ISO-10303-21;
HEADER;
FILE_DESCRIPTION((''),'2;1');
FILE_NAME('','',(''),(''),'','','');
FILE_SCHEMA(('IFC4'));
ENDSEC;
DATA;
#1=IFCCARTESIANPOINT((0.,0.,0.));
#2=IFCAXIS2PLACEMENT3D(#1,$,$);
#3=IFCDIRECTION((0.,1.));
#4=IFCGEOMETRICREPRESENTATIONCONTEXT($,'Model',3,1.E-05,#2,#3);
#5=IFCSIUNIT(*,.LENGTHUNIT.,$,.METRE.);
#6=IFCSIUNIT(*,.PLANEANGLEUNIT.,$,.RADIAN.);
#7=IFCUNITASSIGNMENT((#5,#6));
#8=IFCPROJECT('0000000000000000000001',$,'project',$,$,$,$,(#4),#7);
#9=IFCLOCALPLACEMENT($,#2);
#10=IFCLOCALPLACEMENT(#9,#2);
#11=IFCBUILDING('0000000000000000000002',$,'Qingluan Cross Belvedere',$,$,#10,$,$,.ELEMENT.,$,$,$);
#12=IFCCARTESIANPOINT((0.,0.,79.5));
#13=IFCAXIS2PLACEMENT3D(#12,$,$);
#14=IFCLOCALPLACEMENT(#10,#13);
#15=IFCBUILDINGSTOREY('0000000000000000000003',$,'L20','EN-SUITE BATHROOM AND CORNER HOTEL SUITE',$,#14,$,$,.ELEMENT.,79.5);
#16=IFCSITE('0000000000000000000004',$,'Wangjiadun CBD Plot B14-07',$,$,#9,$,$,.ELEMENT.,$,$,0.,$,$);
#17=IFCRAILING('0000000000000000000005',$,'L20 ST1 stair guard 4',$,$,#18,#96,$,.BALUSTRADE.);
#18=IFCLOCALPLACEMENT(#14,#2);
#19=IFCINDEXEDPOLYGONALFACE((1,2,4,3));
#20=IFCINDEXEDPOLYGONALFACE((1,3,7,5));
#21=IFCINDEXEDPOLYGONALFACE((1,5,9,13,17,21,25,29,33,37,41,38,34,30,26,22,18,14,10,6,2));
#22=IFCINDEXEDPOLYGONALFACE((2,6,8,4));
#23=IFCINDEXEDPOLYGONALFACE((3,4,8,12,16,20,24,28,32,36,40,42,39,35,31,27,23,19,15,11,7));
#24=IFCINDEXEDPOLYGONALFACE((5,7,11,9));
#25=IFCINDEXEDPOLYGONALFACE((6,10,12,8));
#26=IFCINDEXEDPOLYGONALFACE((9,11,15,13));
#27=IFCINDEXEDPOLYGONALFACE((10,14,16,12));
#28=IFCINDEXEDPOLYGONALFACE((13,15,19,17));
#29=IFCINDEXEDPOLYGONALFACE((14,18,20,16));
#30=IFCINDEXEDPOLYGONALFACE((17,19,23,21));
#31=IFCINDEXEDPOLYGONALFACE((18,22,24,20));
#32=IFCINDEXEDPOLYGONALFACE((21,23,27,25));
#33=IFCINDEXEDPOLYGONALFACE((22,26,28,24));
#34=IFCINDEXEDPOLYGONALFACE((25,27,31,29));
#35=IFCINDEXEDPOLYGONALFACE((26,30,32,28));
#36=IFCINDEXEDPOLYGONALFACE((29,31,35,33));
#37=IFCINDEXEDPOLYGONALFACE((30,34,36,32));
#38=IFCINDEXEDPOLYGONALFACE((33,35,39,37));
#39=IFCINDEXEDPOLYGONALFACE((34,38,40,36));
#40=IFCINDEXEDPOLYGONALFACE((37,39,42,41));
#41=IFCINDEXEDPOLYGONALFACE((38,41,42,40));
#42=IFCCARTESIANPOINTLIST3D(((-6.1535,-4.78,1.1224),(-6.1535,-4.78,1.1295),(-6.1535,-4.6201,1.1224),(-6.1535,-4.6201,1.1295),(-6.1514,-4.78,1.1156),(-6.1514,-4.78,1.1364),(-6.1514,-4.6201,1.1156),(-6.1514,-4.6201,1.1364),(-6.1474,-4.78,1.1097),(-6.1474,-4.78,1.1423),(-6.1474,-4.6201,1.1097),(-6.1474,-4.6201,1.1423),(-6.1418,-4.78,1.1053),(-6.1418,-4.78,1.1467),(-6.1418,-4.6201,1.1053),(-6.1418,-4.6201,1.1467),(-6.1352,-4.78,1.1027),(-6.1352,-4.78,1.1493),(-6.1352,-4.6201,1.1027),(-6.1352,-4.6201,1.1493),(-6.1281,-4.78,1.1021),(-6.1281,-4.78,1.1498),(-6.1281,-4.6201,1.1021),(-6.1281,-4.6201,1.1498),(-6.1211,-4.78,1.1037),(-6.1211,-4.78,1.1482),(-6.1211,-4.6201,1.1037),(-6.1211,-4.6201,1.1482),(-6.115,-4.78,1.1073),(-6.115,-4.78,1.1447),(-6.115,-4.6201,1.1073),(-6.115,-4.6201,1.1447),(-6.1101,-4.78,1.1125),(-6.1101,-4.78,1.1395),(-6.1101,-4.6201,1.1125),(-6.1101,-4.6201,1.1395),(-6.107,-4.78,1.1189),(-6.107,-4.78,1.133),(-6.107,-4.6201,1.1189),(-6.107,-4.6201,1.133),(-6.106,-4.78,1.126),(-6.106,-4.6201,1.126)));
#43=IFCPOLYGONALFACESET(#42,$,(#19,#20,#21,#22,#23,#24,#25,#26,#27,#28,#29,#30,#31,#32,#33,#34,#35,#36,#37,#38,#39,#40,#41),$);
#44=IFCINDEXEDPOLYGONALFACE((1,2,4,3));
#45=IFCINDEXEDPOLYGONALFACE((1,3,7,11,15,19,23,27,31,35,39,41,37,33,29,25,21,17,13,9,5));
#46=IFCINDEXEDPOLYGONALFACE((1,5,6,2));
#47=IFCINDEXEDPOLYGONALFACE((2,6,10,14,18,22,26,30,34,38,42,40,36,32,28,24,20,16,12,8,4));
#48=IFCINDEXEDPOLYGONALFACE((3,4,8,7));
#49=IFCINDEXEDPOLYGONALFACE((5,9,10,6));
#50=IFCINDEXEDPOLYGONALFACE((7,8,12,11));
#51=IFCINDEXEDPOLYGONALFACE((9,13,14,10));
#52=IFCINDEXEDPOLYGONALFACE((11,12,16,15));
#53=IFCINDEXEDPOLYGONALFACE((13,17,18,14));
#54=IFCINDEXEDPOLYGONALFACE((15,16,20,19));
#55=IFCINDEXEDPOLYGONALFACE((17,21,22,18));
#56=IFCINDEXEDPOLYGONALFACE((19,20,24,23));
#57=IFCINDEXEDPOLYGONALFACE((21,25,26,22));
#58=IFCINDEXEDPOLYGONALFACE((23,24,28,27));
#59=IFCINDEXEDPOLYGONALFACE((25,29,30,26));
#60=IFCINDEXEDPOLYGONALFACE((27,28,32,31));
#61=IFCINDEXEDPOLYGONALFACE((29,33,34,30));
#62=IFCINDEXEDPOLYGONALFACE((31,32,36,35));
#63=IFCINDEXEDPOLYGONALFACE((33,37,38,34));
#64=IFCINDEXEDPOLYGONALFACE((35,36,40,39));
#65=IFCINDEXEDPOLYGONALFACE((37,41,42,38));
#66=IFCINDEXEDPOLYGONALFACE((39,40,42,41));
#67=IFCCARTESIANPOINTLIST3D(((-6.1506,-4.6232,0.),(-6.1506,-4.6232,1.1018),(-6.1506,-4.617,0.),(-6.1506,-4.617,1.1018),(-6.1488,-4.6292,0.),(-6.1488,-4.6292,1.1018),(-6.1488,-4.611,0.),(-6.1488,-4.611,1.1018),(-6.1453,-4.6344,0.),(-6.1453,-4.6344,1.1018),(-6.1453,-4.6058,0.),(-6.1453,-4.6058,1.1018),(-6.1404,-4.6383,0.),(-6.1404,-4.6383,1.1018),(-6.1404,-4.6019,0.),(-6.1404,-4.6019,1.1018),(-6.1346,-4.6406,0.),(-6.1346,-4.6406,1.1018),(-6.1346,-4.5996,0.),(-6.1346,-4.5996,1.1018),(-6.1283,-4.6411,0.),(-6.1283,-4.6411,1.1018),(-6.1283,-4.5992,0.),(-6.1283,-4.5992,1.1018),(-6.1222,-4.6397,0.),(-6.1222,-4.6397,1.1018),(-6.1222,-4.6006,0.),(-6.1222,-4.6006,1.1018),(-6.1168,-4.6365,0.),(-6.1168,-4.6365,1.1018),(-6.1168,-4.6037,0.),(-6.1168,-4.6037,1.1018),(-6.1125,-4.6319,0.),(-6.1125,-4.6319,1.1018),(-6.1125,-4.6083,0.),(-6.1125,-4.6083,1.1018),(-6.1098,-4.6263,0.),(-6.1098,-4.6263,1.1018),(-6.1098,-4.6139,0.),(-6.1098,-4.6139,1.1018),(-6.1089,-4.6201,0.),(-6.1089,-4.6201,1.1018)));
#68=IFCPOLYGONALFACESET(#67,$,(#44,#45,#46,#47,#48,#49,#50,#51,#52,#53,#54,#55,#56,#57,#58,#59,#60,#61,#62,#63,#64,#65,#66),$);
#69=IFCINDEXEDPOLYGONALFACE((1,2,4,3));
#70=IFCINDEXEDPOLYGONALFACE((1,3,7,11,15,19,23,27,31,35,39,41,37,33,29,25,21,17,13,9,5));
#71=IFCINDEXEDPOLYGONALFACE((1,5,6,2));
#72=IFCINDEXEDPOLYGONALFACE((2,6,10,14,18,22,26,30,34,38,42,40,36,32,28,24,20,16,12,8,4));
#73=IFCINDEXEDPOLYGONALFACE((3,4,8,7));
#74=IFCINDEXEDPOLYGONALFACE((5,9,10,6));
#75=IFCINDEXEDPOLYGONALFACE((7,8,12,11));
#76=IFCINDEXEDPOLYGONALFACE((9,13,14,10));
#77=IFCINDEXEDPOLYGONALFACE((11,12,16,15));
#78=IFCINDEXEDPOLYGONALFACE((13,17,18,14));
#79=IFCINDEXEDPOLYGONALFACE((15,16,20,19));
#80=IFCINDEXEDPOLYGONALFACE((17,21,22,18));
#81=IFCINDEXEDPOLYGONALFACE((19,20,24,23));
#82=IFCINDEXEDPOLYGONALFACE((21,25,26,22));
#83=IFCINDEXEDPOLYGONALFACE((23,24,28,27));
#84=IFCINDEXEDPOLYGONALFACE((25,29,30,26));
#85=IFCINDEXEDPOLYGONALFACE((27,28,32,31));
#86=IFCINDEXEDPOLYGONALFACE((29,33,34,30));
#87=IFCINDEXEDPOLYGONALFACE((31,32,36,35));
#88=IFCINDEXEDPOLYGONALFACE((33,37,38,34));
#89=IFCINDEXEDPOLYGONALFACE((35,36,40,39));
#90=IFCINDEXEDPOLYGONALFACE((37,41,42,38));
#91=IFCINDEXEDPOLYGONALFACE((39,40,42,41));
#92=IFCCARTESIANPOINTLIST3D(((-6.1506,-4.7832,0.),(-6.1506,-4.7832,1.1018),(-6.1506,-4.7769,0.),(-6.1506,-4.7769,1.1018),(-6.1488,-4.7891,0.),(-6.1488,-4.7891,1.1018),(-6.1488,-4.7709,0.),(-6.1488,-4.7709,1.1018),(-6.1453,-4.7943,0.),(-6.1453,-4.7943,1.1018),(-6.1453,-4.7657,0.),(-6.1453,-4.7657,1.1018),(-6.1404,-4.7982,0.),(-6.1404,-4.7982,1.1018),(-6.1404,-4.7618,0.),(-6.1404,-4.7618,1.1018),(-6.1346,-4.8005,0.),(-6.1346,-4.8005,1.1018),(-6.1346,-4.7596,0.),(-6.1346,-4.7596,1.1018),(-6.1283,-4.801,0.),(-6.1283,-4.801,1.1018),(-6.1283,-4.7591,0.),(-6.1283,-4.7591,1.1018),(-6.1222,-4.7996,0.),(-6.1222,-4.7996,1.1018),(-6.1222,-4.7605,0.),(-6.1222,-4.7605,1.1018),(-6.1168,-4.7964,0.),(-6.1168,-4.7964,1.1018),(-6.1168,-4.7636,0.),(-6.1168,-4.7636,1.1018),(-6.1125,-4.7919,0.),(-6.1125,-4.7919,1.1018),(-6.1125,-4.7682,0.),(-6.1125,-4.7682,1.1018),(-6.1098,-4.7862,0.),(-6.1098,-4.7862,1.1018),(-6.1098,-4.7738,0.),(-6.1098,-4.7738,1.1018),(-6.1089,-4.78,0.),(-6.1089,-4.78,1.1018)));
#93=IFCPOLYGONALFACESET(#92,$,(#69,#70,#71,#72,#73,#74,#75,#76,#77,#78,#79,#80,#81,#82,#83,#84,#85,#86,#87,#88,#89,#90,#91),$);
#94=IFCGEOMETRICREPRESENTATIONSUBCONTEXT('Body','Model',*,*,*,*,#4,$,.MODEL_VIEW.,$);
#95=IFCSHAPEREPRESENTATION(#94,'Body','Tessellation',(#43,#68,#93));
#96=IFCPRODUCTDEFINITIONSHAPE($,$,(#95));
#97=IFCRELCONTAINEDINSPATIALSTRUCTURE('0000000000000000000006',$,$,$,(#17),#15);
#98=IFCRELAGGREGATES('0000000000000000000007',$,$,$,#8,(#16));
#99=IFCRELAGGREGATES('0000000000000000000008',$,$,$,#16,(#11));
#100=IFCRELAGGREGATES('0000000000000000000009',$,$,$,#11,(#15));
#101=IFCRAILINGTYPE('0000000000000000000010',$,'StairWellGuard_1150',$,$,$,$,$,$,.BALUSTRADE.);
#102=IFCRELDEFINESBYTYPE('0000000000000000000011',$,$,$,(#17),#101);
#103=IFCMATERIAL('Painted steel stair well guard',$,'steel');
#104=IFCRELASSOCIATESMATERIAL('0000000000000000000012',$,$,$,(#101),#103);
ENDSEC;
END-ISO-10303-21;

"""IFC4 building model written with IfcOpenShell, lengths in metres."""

from ifc_helpers import new_model, si_unit, direction, frame, origin, origin_2d, place, context, subcontext, project, spatial, circle, extrude, material, type_object, element, save


model = new_model("IFC4")

# Units and contexts
model_context = context("Model", 3, precision=1e-05, world=origin(), true_north=direction((0.0, 1.0)))
body_context = subcontext(model_context, "Body", "Model", "MODEL_VIEW")
ifc_project = project(units=[si_unit("LENGTHUNIT", "METRE"), si_unit("PLANEANGLEUNIT", "RADIAN")], contexts=[model_context])

# Site, building, storey
site_placement = place(None, origin())
site = spatial("IfcSite", under=ifc_project, at=site_placement, Name="Wangjiadun CBD Plot B14-07", CompositionType="ELEMENT", RefElevation=0.0)
building_placement = place(site_placement, origin())
building = spatial("IfcBuilding", under=site, at=building_placement, Name="Qingluan Cross Belvedere", CompositionType="ELEMENT")
storey_placement = place(building_placement, frame((0.0, 0.0, 79.5)))
storey = spatial("IfcBuildingStorey", under=building, at=storey_placement, Name="L20", Description="EN-SUITE BATHROOM AND CORNER HOTEL SUITE", CompositionType="ELEMENT", Elevation=79.5)

# Railing
ifc_material_1 = material(Name="Painted steel stair well guard", Category="steel")
railing_type_1 = type_object("IfcRailingType", Name="StairWellGuard_1150", PredefinedType="BALUSTRADE", material=ifc_material_1)
railing_1_placement = place(storey_placement, frame((-6.1299, -4.6201, 0.0)))
element("IfcRailing", 1, at=railing_1_placement, inside=storey, type_object=railing_type_1, Name="L20 ST1 stair guard 4", PredefinedType="BALUSTRADE", context=body_context, shape_type="SweptSolid", body=[
    extrude(circle(Radius=0.0239, at=origin_2d()), frame((0.0, 0.0, 1.126), z_axis=(0.0, -1.0, 0.0), x_axis=(1.0, 0.0, 0.0)), (0.0, 0.0, 1.0), 0.1599),
    extrude(circle(Radius=0.021, at=origin_2d()), origin(), (0.0, 0.0, 1.0), 1.1018),
    extrude(circle(Radius=0.021, at=origin_2d()), frame((0.0, -0.1599, 0.0)), (0.0, 0.0, 1.0), 1.1018),
])

save(model, "model.ifc")
